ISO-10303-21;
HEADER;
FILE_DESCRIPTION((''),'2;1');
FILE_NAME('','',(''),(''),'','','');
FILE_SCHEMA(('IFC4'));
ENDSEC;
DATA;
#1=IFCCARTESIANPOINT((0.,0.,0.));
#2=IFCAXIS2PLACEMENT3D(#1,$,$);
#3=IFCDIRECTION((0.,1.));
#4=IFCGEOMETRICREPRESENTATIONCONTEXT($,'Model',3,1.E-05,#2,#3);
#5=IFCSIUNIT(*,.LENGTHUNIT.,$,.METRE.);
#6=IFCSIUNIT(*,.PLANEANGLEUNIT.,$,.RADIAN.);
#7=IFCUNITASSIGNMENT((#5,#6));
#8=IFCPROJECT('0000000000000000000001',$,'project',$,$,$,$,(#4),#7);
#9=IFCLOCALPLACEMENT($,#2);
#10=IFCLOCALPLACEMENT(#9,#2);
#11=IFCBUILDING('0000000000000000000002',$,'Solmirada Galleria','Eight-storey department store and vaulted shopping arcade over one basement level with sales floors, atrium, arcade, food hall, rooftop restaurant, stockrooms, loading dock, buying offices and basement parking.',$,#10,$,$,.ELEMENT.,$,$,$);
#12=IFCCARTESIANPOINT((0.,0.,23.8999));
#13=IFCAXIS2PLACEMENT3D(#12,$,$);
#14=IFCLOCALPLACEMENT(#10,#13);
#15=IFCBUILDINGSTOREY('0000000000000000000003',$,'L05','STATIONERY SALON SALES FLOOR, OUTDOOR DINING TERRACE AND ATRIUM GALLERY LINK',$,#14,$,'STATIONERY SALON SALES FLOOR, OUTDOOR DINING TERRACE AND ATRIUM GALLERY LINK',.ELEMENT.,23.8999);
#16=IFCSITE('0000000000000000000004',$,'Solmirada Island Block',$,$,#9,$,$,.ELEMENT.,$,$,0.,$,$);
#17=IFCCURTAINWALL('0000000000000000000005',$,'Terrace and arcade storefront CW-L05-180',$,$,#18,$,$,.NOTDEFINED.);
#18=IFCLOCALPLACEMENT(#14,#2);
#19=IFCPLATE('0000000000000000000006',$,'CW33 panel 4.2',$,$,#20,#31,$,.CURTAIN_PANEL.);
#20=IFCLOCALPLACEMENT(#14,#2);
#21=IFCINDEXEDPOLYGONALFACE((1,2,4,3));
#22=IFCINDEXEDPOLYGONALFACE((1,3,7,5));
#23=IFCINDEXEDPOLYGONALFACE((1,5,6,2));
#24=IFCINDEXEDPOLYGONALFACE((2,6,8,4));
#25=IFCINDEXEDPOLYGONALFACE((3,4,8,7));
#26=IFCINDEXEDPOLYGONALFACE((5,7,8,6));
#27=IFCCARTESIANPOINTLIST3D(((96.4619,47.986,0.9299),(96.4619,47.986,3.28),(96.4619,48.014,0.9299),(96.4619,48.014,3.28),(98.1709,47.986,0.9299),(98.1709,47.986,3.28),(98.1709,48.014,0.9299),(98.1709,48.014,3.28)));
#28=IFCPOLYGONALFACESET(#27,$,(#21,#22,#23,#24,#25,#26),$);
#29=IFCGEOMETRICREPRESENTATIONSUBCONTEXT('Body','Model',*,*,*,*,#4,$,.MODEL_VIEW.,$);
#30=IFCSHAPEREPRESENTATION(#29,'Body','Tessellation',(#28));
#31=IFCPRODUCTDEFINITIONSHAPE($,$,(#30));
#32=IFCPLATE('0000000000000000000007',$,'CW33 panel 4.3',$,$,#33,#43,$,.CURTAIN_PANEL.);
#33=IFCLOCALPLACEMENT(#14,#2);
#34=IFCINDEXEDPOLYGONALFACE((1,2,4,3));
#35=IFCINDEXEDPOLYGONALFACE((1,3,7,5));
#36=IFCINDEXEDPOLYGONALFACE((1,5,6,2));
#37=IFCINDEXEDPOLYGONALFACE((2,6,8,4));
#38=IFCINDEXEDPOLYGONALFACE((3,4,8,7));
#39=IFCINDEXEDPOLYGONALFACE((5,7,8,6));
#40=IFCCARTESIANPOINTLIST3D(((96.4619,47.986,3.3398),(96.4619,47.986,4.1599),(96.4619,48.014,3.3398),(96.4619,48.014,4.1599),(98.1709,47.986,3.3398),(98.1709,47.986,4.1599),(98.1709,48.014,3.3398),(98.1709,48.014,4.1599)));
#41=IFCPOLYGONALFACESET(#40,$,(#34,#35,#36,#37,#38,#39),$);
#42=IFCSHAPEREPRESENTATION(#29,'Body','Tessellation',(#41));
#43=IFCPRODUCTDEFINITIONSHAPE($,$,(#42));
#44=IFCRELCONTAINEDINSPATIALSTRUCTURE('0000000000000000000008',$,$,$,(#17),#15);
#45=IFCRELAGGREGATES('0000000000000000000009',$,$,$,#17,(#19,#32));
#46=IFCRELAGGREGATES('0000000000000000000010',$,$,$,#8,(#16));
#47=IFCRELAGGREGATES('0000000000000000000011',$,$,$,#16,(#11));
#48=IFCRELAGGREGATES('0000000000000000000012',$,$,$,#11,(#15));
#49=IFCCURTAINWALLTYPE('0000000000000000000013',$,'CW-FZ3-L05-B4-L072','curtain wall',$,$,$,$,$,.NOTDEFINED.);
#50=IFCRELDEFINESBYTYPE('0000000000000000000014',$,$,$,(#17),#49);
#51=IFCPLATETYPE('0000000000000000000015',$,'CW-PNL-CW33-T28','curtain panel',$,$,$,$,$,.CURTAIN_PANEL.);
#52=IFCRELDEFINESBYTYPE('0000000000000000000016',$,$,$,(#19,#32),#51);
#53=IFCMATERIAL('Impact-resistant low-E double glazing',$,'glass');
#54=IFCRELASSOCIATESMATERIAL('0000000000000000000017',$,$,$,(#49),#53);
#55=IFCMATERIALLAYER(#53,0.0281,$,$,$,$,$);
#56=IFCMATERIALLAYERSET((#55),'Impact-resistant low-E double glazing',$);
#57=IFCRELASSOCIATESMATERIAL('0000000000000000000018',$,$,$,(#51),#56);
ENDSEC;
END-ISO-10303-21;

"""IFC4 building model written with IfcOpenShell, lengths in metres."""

from ifc_helpers import new_model, si_unit, direction, frame, origin, origin_2d, place, context, subcontext, project, spatial, rectangle, extrude, material, layer, layer_set, type_object, element, aggregate, save


model = new_model("IFC4")

# Units and contexts
model_context = context("Model", 3, precision=1e-05, world=origin(), true_north=direction((0.0, 1.0)))
body_context = subcontext(model_context, "Body", "Model", "MODEL_VIEW")
ifc_project = project(units=[si_unit("LENGTHUNIT", "METRE"), si_unit("PLANEANGLEUNIT", "RADIAN")], contexts=[model_context])

# Site, building, storey
site_placement = place(None, origin())
site = spatial("IfcSite", under=ifc_project, at=site_placement, Name="Solmirada Island Block", CompositionType="ELEMENT", RefElevation=0.0)
building_placement = place(site_placement, origin())
building = spatial("IfcBuilding", under=site, at=building_placement, Name="Solmirada Galleria", Description="Eight-storey department store and vaulted shopping arcade over one basement level with sales floors, atrium, arcade, food hall, rooftop restaurant, stockrooms, loading dock, buying offices and basement parking.", CompositionType="ELEMENT")
storey_placement = place(building_placement, frame((0.0, 0.0, 23.8999)))
storey = spatial("IfcBuildingStorey", under=building, at=storey_placement, Name="L05", Description="STATIONERY SALON SALES FLOOR, OUTDOOR DINING TERRACE AND ATRIUM GALLERY LINK", LongName="STATIONERY SALON SALES FLOOR, OUTDOOR DINING TERRACE AND ATRIUM GALLERY LINK", CompositionType="ELEMENT", Elevation=23.8999)

# Shared definitions
ifc_material_1 = material(Name="Impact-resistant low-E double glazing", Category="glass")
curtain_wall_type = type_object("IfcCurtainWallType", Name="CW-FZ3-L05-B4-L072", Description="curtain wall", PredefinedType="NOTDEFINED", material=ifc_material_1)

# Curtain wall, plates
curtain_wall_1_placement = place(storey_placement, origin())
curtain_wall_1 = element("IfcCurtainWall", 1, at=curtain_wall_1_placement, inside=storey, type_object=curtain_wall_type, Name="Terrace and arcade storefront CW-L05-180", PredefinedType="NOTDEFINED")
ifc_layer = layer(ifc_material_1, 0.0281)
ifc_layer_set = layer_set([ifc_layer], Name="Impact-resistant low-E double glazing")
plate_type = type_object("IfcPlateType", Name="CW-PNL-CW33-T28", Description="curtain panel", PredefinedType="CURTAIN_PANEL", material=ifc_layer_set)
plate_1_placement = place(storey_placement, frame((97.3164, 48.0, 0.9299), z_axis=(0.0, 0.0, 1.0), x_axis=(-1.0, 0.0, 0.0)))
plate_1 = element("IfcPlate", 2, at=plate_1_placement, type_object=plate_type, Name="CW33 panel 4.2", PredefinedType="CURTAIN_PANEL", context=body_context, shape_type="SweptSolid", body=[
    extrude(rectangle(XDim=1.709, YDim=0.0281, at=origin_2d()), origin(), (0.0, 0.0, 1.0), 2.3501),
])
plate_2_placement = place(storey_placement, frame((97.3164, 48.0, 3.3398), z_axis=(0.0, 0.0, 1.0), x_axis=(-1.0, 0.0, 0.0)))
plate_2 = element("IfcPlate", 3, at=plate_2_placement, type_object=plate_type, Name="CW33 panel 4.3", PredefinedType="CURTAIN_PANEL", context=body_context, shape_type="SweptSolid", body=[
    extrude(rectangle(XDim=1.709, YDim=0.0281, at=origin_2d()), origin(), (0.0, 0.0, 1.0), 0.8201),
])
aggregate(curtain_wall_1, [plate_1, plate_2])

save(model, "model.ifc")
